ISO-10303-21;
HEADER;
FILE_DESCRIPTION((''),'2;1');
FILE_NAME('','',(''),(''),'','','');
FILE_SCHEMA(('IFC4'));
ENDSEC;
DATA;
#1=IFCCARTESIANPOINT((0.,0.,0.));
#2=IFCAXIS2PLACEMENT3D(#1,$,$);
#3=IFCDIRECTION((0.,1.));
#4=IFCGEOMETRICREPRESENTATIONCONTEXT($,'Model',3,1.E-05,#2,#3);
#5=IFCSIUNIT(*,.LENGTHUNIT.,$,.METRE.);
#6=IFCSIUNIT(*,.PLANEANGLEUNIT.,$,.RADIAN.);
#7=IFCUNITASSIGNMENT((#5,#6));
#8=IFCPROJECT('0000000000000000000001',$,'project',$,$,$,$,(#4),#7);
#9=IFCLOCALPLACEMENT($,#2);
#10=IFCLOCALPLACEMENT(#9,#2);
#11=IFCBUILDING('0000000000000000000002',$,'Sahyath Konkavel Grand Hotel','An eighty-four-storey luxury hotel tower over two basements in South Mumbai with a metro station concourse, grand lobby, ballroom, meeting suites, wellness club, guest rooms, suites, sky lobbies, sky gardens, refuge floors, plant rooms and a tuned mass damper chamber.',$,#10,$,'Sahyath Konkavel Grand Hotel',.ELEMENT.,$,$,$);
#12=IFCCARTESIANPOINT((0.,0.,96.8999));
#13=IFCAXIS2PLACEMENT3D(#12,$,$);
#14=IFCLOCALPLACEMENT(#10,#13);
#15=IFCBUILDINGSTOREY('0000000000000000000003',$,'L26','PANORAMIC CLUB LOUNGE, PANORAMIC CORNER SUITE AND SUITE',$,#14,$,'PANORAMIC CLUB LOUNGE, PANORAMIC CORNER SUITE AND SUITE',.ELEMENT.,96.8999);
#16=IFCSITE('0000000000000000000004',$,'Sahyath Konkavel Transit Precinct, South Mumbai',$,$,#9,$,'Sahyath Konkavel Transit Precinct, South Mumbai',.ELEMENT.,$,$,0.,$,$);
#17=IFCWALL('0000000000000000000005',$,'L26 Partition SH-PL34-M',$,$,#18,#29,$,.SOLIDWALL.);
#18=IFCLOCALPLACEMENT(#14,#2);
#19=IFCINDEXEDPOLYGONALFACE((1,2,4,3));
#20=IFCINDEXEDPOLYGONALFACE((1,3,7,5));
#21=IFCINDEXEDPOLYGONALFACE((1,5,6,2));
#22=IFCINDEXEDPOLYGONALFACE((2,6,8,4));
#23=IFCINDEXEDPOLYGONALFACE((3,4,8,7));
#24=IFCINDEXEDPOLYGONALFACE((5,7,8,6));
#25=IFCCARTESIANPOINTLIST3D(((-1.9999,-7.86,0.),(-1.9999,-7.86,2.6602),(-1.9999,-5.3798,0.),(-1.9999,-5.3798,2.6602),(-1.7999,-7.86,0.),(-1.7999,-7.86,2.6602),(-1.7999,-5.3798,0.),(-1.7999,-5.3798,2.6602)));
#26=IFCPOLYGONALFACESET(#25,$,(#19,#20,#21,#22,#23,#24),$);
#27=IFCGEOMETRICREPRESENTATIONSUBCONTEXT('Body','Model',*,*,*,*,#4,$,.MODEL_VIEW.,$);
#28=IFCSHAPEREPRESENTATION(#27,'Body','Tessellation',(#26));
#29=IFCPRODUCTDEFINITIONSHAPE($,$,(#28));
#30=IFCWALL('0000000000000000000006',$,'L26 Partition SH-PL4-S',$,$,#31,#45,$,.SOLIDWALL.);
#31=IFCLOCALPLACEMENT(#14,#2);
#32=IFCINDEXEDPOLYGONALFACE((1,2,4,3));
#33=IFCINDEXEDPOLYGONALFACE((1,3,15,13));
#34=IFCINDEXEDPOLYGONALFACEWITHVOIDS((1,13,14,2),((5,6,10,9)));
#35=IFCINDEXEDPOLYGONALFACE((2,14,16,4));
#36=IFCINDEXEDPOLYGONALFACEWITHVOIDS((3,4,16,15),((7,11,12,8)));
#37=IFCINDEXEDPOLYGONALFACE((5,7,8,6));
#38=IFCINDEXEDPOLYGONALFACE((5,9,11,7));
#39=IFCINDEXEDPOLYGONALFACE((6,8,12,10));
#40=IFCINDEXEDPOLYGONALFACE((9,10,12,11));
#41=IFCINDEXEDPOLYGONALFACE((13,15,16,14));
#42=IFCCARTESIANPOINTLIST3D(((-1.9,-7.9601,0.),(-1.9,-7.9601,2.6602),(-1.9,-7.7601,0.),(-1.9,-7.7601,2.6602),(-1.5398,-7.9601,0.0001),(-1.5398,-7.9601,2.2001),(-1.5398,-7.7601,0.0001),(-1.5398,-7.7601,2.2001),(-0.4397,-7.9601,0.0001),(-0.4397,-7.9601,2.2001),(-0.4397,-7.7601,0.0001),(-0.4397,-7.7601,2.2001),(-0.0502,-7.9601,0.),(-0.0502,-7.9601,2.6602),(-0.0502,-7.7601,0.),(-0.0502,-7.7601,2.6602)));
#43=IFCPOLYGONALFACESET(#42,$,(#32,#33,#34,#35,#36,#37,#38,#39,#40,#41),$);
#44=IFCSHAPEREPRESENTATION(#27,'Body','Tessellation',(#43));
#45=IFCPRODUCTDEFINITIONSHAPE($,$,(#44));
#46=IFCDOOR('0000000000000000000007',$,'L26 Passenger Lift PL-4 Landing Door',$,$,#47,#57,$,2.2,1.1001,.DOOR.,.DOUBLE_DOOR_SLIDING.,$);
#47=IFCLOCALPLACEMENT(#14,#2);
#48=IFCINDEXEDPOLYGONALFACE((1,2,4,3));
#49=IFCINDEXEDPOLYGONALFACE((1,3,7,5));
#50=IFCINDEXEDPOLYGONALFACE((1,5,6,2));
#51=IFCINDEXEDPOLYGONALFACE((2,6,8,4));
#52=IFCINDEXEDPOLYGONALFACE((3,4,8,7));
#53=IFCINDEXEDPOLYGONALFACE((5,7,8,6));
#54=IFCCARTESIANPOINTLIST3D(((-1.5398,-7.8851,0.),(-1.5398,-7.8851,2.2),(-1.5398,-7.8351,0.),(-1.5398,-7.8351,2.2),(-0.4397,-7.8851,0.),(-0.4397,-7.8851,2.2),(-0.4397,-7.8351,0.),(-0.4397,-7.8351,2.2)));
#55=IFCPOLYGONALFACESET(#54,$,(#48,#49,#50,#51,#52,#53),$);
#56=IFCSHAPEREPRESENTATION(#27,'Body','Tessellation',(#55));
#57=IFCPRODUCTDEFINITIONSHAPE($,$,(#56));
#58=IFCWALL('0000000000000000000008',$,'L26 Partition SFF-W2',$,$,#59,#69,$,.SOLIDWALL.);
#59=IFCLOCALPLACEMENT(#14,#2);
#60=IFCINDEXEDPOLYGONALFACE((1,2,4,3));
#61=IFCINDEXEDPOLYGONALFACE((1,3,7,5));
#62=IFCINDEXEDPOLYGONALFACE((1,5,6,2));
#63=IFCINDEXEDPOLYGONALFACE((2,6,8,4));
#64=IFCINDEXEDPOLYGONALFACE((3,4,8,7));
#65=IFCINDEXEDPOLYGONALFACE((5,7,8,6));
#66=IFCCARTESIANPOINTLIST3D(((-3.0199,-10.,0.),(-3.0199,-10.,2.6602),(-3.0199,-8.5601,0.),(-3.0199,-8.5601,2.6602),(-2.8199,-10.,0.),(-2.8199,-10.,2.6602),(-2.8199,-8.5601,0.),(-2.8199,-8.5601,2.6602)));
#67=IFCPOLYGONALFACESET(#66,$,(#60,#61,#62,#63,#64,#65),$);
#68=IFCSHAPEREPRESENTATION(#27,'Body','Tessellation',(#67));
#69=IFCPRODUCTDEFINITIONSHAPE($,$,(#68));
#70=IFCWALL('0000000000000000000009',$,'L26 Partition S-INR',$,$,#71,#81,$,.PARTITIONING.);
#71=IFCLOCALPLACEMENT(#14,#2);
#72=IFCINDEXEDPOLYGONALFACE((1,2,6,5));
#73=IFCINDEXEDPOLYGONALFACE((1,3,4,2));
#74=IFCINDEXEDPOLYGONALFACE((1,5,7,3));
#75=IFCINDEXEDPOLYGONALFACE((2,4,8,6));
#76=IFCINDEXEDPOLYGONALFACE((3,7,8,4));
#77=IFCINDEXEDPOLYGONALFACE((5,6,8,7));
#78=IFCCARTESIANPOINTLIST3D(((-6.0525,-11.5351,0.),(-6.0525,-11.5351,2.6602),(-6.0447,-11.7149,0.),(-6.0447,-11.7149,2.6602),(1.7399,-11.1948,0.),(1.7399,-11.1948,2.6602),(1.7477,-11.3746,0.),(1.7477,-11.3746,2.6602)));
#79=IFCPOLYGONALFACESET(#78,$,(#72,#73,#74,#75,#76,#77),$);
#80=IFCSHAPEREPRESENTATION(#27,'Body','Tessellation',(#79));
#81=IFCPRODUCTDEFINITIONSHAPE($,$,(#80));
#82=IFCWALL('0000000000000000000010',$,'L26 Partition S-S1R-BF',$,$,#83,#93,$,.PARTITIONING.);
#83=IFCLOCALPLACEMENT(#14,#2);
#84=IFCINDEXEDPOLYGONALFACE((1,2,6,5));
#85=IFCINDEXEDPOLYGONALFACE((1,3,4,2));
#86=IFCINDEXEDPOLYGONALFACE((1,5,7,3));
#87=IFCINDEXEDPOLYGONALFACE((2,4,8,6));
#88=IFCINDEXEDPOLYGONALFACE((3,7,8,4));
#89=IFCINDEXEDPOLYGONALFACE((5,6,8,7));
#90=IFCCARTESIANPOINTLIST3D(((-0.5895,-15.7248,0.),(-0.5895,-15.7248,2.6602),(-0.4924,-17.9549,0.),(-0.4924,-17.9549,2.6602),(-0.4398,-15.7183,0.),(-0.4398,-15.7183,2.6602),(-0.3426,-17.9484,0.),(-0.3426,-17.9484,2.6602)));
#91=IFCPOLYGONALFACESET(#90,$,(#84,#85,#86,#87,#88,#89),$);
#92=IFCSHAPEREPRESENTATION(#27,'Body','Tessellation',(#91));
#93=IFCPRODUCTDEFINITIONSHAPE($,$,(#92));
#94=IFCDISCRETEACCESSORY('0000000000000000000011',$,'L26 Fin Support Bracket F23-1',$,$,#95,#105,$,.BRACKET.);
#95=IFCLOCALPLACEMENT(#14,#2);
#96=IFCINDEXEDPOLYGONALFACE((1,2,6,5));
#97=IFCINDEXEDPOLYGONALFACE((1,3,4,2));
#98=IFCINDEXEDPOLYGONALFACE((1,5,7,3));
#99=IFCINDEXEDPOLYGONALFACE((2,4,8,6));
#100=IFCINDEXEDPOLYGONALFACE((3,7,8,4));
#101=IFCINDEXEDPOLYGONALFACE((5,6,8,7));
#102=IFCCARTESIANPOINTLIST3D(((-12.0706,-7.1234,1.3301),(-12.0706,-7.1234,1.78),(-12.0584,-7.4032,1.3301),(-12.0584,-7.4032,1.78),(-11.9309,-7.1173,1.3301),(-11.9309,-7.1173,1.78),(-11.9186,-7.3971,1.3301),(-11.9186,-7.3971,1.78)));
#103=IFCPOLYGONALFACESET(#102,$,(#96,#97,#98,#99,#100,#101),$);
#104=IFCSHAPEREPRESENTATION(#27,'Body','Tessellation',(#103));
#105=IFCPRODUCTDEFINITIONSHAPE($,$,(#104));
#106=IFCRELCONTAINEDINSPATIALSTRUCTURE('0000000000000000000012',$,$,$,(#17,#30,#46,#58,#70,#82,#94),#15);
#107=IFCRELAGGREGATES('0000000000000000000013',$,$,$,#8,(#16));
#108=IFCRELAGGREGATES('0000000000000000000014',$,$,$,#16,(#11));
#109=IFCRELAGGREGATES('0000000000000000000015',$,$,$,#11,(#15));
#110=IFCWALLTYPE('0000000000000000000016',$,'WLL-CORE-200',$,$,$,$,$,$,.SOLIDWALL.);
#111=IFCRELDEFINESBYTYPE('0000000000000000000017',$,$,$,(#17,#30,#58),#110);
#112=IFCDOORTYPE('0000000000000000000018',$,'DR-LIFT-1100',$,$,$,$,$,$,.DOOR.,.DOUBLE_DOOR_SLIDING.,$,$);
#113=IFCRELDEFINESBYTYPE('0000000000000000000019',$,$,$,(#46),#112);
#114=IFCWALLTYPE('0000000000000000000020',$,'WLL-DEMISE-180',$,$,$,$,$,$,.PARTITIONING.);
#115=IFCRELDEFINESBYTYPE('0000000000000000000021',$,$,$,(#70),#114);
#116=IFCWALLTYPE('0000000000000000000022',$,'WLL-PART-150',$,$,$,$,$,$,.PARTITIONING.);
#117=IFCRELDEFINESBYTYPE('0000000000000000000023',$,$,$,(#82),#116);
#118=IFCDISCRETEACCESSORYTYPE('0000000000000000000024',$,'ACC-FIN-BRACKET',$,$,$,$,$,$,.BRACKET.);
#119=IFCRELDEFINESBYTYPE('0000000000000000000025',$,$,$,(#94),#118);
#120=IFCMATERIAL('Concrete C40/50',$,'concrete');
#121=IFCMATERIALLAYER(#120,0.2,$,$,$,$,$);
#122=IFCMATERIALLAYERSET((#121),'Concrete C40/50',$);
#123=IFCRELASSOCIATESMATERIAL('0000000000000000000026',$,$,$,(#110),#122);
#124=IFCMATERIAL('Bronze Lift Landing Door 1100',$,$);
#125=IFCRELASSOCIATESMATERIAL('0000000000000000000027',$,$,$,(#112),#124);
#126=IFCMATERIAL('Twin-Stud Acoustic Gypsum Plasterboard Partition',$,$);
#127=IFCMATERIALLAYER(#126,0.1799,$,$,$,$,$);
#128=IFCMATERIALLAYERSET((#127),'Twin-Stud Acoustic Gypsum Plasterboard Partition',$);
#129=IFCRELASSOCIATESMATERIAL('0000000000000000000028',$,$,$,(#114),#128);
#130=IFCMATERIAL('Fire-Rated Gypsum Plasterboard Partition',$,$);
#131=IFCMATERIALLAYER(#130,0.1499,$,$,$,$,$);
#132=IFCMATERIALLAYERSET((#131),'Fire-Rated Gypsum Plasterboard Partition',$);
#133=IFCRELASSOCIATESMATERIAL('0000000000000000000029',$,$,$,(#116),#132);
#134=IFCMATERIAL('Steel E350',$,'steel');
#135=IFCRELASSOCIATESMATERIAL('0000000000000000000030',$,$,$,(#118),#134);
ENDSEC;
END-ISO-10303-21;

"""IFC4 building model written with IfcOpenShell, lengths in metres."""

from ifc_helpers import new_model, si_unit, direction, frame, frame_2d, origin, origin_2d, place, context, subcontext, project, spatial, rectangle, extrude, source, transform, mapped, material, layer, layer_set, type_object, element, fill, save


model = new_model("IFC4")

# Units and contexts
model_context = context("Model", 3, precision=1e-05, world=origin(), true_north=direction((0.0, 1.0)))
body_context = subcontext(model_context, "Body", "Model", "MODEL_VIEW")
ifc_project = project(units=[si_unit("LENGTHUNIT", "METRE"), si_unit("PLANEANGLEUNIT", "RADIAN")], contexts=[model_context])

# Site, building, storey
site_placement = place(None, origin())
site = spatial("IfcSite", under=ifc_project, at=site_placement, Name="Sahyath Konkavel Transit Precinct, South Mumbai", LongName="Sahyath Konkavel Transit Precinct, South Mumbai", CompositionType="ELEMENT", RefElevation=0.0)
building_placement = place(site_placement, origin())
building = spatial("IfcBuilding", under=site, at=building_placement, Name="Sahyath Konkavel Grand Hotel", Description="An eighty-four-storey luxury hotel tower over two basements in South Mumbai with a metro station concourse, grand lobby, ballroom, meeting suites, wellness club, guest rooms, suites, sky lobbies, sky gardens, refuge floors, plant rooms and a tuned mass damper chamber.", LongName="Sahyath Konkavel Grand Hotel", CompositionType="ELEMENT")
storey_placement = place(building_placement, frame((0.0, 0.0, 96.8999)))
storey = spatial("IfcBuildingStorey", under=building, at=storey_placement, Name="L26", Description="PANORAMIC CLUB LOUNGE, PANORAMIC CORNER SUITE AND SUITE", LongName="PANORAMIC CLUB LOUNGE, PANORAMIC CORNER SUITE AND SUITE", CompositionType="ELEMENT", Elevation=96.8999)

# Shared definitions
ifc_material_1 = material(Name="Steel E350", Category="steel")

# Shared definitions
ifc_material_2 = material(Name="Concrete C40/50", Category="concrete")
ifc_layer_1 = layer(ifc_material_2, 0.2)
ifc_layer_set_1 = layer_set([ifc_layer_1], Name="Concrete C40/50")
wall_type_1 = type_object("IfcWallType", Name="WLL-CORE-200", PredefinedType="SOLIDWALL", material=ifc_layer_set_1)

# Shared definitions
ifc_material_3 = material(Name="Bronze Lift Landing Door 1100")
door_type_1 = type_object("IfcDoorType", Name="DR-LIFT-1100", OperationType="DOUBLE_DOOR_SLIDING", PredefinedType="DOOR", material=ifc_material_3)
shared_shape_1 = source(origin(), body_context, "Body", "SweptSolid", [
    extrude(rectangle(XDim=1.1001, YDim=0.05, at=origin_2d()), origin(), (0.0, 0.0, 1.0), 2.2),
])

# Wall
wall_1_placement = place(storey_placement, frame((-1.8999, -7.8601, 0.0), z_axis=(0.0, 0.0, 1.0), x_axis=(0.0, 1.0, 0.0)))
element("IfcWall", 1, at=wall_1_placement, inside=storey, type_object=wall_type_1, Name="L26 Partition SH-PL34-M", PredefinedType="SOLIDWALL", context=body_context, shape_type="SweptSolid", body=[
    extrude(rectangle(XDim=2.4802, YDim=0.2, at=frame_2d((1.2402, 0.0))), origin(), (0.0, 0.0, 1.0), 2.6602),
])

# Wall, opening, door
wall_2_placement = place(storey_placement, frame((-1.8999, -7.8601, 0.0), z_axis=(0.0, 0.0, 1.0), x_axis=(1.0, 0.0, 0.0)))
wall_2 = element("IfcWall", 2, at=wall_2_placement, inside=storey, type_object=wall_type_1, Name="L26 Partition SH-PL4-S", PredefinedType="SOLIDWALL", context=body_context, shape_type="SweptSolid", body=[
    extrude(rectangle(XDim=1.8499, YDim=0.2, at=frame_2d((0.9248, 0.0))), origin(), (0.0, 0.0, 1.0), 2.6602),
])
opening_1_placement = place(wall_2_placement, frame((0.3601, 0.0, 0.0)))
opening_1 = element("IfcOpeningElement", 3, at=opening_1_placement, cuts=wall_2, PredefinedType="OPENING", context=body_context, shape_type="SweptSolid", body=[
    extrude(rectangle(XDim=1.1001, YDim=2.2, at=frame_2d((0.55, 1.1001))), frame((0.0, 0.1099, 0.0), z_axis=(0.0, -1.0, 0.0), x_axis=(1.0, 0.0, 0.0)), (0.0, 0.0, 1.0), 0.22),
])
door_1_placement = place(opening_1_placement, frame((0.55, 0.0, 0.0)))
door_1 = element("IfcDoor", 4, at=door_1_placement, inside=storey, type_object=door_type_1, Name="L26 Passenger Lift PL-4 Landing Door", OperationType="DOUBLE_DOOR_SLIDING", OverallHeight=2.2, OverallWidth=1.1001, PredefinedType="DOOR", context=body_context, shape_type="MappedRepresentation", body=[
    mapped(shared_shape_1, transform((0.0, 0.0, 0.0), scale=1.0)),
])
fill(opening_1, door_1)

# Walls
wall_3_placement = place(storey_placement, frame((-2.9199, -10.0, 0.0), z_axis=(0.0, 0.0, 1.0), x_axis=(0.0, 1.0, 0.0)))
element("IfcWall", 5, at=wall_3_placement, inside=storey, type_object=wall_type_1, Name="L26 Partition SFF-W2", PredefinedType="SOLIDWALL", context=body_context, shape_type="SweptSolid", body=[
    extrude(rectangle(XDim=1.4399, YDim=0.2, at=frame_2d((0.72, 0.0))), origin(), (0.0, 0.0, 1.0), 2.6602),
])
ifc_material_4 = material(Name="Twin-Stud Acoustic Gypsum Plasterboard Partition")
ifc_layer_2 = layer(ifc_material_4, 0.1799)
ifc_layer_set_2 = layer_set([ifc_layer_2], Name="Twin-Stud Acoustic Gypsum Plasterboard Partition")
wall_type_2 = type_object("IfcWallType", Name="WLL-DEMISE-180", PredefinedType="PARTITIONING", material=ifc_layer_set_2)
wall_4_placement = place(storey_placement, frame((-6.0486, -11.625, 0.0), z_axis=(0.0, 0.0, 1.0), x_axis=(0.999048, 0.043633, 0.0)))
element("IfcWall", 6, at=wall_4_placement, inside=storey, type_object=wall_type_2, Name="L26 Partition S-INR", PredefinedType="PARTITIONING", context=body_context, shape_type="SweptSolid", body=[
    extrude(rectangle(XDim=7.7998, YDim=0.1799, at=frame_2d((3.8999, 0.0))), origin(), (0.0, 0.0, 1.0), 2.6602),
])
ifc_material_5 = material(Name="Fire-Rated Gypsum Plasterboard Partition")
ifc_layer_3 = layer(ifc_material_5, 0.1499)
ifc_layer_set_3 = layer_set([ifc_layer_3], Name="Fire-Rated Gypsum Plasterboard Partition")
wall_type_3 = type_object("IfcWallType", Name="WLL-PART-150", PredefinedType="PARTITIONING", material=ifc_layer_set_3)
wall_5_placement = place(storey_placement, frame((-0.5146, -15.7214, 0.0), z_axis=(0.0, 0.0, 1.0), x_axis=(0.043532, -0.999052, 0.0)))
element("IfcWall", 7, at=wall_5_placement, inside=storey, type_object=wall_type_3, Name="L26 Partition S-S1R-BF", PredefinedType="PARTITIONING", context=body_context, shape_type="SweptSolid", body=[
    extrude(rectangle(XDim=2.2322, YDim=0.1499, at=frame_2d((1.1162, 0.0))), origin(), (0.0, 0.0, 1.0), 2.6602),
])

# Discrete accessory
discrete_accessory_type = type_object("IfcDiscreteAccessoryType", Name="ACC-FIN-BRACKET", PredefinedType="BRACKET", material=ifc_material_1)
shared_shape_2 = source(origin(), body_context, "Body", "SweptSolid", [
    extrude(rectangle(XDim=0.28, YDim=0.1399, at=origin_2d()), origin(), (0.0, 0.0, 1.0), 0.45),
])
discrete_accessory_placement = place(storey_placement, frame((-11.9946, -7.2603, 1.3301), z_axis=(0.0, 0.0, 1.0), x_axis=(0.043619, -0.999048, 0.0)))
element("IfcDiscreteAccessory", 8, at=discrete_accessory_placement, inside=storey, type_object=discrete_accessory_type, Name="L26 Fin Support Bracket F23-1", PredefinedType="BRACKET", context=body_context, shape_type="MappedRepresentation", body=[
    mapped(shared_shape_2, transform((0.0, 0.0, 0.0), scale=1.0)),
])

save(model, "model.ifc")
